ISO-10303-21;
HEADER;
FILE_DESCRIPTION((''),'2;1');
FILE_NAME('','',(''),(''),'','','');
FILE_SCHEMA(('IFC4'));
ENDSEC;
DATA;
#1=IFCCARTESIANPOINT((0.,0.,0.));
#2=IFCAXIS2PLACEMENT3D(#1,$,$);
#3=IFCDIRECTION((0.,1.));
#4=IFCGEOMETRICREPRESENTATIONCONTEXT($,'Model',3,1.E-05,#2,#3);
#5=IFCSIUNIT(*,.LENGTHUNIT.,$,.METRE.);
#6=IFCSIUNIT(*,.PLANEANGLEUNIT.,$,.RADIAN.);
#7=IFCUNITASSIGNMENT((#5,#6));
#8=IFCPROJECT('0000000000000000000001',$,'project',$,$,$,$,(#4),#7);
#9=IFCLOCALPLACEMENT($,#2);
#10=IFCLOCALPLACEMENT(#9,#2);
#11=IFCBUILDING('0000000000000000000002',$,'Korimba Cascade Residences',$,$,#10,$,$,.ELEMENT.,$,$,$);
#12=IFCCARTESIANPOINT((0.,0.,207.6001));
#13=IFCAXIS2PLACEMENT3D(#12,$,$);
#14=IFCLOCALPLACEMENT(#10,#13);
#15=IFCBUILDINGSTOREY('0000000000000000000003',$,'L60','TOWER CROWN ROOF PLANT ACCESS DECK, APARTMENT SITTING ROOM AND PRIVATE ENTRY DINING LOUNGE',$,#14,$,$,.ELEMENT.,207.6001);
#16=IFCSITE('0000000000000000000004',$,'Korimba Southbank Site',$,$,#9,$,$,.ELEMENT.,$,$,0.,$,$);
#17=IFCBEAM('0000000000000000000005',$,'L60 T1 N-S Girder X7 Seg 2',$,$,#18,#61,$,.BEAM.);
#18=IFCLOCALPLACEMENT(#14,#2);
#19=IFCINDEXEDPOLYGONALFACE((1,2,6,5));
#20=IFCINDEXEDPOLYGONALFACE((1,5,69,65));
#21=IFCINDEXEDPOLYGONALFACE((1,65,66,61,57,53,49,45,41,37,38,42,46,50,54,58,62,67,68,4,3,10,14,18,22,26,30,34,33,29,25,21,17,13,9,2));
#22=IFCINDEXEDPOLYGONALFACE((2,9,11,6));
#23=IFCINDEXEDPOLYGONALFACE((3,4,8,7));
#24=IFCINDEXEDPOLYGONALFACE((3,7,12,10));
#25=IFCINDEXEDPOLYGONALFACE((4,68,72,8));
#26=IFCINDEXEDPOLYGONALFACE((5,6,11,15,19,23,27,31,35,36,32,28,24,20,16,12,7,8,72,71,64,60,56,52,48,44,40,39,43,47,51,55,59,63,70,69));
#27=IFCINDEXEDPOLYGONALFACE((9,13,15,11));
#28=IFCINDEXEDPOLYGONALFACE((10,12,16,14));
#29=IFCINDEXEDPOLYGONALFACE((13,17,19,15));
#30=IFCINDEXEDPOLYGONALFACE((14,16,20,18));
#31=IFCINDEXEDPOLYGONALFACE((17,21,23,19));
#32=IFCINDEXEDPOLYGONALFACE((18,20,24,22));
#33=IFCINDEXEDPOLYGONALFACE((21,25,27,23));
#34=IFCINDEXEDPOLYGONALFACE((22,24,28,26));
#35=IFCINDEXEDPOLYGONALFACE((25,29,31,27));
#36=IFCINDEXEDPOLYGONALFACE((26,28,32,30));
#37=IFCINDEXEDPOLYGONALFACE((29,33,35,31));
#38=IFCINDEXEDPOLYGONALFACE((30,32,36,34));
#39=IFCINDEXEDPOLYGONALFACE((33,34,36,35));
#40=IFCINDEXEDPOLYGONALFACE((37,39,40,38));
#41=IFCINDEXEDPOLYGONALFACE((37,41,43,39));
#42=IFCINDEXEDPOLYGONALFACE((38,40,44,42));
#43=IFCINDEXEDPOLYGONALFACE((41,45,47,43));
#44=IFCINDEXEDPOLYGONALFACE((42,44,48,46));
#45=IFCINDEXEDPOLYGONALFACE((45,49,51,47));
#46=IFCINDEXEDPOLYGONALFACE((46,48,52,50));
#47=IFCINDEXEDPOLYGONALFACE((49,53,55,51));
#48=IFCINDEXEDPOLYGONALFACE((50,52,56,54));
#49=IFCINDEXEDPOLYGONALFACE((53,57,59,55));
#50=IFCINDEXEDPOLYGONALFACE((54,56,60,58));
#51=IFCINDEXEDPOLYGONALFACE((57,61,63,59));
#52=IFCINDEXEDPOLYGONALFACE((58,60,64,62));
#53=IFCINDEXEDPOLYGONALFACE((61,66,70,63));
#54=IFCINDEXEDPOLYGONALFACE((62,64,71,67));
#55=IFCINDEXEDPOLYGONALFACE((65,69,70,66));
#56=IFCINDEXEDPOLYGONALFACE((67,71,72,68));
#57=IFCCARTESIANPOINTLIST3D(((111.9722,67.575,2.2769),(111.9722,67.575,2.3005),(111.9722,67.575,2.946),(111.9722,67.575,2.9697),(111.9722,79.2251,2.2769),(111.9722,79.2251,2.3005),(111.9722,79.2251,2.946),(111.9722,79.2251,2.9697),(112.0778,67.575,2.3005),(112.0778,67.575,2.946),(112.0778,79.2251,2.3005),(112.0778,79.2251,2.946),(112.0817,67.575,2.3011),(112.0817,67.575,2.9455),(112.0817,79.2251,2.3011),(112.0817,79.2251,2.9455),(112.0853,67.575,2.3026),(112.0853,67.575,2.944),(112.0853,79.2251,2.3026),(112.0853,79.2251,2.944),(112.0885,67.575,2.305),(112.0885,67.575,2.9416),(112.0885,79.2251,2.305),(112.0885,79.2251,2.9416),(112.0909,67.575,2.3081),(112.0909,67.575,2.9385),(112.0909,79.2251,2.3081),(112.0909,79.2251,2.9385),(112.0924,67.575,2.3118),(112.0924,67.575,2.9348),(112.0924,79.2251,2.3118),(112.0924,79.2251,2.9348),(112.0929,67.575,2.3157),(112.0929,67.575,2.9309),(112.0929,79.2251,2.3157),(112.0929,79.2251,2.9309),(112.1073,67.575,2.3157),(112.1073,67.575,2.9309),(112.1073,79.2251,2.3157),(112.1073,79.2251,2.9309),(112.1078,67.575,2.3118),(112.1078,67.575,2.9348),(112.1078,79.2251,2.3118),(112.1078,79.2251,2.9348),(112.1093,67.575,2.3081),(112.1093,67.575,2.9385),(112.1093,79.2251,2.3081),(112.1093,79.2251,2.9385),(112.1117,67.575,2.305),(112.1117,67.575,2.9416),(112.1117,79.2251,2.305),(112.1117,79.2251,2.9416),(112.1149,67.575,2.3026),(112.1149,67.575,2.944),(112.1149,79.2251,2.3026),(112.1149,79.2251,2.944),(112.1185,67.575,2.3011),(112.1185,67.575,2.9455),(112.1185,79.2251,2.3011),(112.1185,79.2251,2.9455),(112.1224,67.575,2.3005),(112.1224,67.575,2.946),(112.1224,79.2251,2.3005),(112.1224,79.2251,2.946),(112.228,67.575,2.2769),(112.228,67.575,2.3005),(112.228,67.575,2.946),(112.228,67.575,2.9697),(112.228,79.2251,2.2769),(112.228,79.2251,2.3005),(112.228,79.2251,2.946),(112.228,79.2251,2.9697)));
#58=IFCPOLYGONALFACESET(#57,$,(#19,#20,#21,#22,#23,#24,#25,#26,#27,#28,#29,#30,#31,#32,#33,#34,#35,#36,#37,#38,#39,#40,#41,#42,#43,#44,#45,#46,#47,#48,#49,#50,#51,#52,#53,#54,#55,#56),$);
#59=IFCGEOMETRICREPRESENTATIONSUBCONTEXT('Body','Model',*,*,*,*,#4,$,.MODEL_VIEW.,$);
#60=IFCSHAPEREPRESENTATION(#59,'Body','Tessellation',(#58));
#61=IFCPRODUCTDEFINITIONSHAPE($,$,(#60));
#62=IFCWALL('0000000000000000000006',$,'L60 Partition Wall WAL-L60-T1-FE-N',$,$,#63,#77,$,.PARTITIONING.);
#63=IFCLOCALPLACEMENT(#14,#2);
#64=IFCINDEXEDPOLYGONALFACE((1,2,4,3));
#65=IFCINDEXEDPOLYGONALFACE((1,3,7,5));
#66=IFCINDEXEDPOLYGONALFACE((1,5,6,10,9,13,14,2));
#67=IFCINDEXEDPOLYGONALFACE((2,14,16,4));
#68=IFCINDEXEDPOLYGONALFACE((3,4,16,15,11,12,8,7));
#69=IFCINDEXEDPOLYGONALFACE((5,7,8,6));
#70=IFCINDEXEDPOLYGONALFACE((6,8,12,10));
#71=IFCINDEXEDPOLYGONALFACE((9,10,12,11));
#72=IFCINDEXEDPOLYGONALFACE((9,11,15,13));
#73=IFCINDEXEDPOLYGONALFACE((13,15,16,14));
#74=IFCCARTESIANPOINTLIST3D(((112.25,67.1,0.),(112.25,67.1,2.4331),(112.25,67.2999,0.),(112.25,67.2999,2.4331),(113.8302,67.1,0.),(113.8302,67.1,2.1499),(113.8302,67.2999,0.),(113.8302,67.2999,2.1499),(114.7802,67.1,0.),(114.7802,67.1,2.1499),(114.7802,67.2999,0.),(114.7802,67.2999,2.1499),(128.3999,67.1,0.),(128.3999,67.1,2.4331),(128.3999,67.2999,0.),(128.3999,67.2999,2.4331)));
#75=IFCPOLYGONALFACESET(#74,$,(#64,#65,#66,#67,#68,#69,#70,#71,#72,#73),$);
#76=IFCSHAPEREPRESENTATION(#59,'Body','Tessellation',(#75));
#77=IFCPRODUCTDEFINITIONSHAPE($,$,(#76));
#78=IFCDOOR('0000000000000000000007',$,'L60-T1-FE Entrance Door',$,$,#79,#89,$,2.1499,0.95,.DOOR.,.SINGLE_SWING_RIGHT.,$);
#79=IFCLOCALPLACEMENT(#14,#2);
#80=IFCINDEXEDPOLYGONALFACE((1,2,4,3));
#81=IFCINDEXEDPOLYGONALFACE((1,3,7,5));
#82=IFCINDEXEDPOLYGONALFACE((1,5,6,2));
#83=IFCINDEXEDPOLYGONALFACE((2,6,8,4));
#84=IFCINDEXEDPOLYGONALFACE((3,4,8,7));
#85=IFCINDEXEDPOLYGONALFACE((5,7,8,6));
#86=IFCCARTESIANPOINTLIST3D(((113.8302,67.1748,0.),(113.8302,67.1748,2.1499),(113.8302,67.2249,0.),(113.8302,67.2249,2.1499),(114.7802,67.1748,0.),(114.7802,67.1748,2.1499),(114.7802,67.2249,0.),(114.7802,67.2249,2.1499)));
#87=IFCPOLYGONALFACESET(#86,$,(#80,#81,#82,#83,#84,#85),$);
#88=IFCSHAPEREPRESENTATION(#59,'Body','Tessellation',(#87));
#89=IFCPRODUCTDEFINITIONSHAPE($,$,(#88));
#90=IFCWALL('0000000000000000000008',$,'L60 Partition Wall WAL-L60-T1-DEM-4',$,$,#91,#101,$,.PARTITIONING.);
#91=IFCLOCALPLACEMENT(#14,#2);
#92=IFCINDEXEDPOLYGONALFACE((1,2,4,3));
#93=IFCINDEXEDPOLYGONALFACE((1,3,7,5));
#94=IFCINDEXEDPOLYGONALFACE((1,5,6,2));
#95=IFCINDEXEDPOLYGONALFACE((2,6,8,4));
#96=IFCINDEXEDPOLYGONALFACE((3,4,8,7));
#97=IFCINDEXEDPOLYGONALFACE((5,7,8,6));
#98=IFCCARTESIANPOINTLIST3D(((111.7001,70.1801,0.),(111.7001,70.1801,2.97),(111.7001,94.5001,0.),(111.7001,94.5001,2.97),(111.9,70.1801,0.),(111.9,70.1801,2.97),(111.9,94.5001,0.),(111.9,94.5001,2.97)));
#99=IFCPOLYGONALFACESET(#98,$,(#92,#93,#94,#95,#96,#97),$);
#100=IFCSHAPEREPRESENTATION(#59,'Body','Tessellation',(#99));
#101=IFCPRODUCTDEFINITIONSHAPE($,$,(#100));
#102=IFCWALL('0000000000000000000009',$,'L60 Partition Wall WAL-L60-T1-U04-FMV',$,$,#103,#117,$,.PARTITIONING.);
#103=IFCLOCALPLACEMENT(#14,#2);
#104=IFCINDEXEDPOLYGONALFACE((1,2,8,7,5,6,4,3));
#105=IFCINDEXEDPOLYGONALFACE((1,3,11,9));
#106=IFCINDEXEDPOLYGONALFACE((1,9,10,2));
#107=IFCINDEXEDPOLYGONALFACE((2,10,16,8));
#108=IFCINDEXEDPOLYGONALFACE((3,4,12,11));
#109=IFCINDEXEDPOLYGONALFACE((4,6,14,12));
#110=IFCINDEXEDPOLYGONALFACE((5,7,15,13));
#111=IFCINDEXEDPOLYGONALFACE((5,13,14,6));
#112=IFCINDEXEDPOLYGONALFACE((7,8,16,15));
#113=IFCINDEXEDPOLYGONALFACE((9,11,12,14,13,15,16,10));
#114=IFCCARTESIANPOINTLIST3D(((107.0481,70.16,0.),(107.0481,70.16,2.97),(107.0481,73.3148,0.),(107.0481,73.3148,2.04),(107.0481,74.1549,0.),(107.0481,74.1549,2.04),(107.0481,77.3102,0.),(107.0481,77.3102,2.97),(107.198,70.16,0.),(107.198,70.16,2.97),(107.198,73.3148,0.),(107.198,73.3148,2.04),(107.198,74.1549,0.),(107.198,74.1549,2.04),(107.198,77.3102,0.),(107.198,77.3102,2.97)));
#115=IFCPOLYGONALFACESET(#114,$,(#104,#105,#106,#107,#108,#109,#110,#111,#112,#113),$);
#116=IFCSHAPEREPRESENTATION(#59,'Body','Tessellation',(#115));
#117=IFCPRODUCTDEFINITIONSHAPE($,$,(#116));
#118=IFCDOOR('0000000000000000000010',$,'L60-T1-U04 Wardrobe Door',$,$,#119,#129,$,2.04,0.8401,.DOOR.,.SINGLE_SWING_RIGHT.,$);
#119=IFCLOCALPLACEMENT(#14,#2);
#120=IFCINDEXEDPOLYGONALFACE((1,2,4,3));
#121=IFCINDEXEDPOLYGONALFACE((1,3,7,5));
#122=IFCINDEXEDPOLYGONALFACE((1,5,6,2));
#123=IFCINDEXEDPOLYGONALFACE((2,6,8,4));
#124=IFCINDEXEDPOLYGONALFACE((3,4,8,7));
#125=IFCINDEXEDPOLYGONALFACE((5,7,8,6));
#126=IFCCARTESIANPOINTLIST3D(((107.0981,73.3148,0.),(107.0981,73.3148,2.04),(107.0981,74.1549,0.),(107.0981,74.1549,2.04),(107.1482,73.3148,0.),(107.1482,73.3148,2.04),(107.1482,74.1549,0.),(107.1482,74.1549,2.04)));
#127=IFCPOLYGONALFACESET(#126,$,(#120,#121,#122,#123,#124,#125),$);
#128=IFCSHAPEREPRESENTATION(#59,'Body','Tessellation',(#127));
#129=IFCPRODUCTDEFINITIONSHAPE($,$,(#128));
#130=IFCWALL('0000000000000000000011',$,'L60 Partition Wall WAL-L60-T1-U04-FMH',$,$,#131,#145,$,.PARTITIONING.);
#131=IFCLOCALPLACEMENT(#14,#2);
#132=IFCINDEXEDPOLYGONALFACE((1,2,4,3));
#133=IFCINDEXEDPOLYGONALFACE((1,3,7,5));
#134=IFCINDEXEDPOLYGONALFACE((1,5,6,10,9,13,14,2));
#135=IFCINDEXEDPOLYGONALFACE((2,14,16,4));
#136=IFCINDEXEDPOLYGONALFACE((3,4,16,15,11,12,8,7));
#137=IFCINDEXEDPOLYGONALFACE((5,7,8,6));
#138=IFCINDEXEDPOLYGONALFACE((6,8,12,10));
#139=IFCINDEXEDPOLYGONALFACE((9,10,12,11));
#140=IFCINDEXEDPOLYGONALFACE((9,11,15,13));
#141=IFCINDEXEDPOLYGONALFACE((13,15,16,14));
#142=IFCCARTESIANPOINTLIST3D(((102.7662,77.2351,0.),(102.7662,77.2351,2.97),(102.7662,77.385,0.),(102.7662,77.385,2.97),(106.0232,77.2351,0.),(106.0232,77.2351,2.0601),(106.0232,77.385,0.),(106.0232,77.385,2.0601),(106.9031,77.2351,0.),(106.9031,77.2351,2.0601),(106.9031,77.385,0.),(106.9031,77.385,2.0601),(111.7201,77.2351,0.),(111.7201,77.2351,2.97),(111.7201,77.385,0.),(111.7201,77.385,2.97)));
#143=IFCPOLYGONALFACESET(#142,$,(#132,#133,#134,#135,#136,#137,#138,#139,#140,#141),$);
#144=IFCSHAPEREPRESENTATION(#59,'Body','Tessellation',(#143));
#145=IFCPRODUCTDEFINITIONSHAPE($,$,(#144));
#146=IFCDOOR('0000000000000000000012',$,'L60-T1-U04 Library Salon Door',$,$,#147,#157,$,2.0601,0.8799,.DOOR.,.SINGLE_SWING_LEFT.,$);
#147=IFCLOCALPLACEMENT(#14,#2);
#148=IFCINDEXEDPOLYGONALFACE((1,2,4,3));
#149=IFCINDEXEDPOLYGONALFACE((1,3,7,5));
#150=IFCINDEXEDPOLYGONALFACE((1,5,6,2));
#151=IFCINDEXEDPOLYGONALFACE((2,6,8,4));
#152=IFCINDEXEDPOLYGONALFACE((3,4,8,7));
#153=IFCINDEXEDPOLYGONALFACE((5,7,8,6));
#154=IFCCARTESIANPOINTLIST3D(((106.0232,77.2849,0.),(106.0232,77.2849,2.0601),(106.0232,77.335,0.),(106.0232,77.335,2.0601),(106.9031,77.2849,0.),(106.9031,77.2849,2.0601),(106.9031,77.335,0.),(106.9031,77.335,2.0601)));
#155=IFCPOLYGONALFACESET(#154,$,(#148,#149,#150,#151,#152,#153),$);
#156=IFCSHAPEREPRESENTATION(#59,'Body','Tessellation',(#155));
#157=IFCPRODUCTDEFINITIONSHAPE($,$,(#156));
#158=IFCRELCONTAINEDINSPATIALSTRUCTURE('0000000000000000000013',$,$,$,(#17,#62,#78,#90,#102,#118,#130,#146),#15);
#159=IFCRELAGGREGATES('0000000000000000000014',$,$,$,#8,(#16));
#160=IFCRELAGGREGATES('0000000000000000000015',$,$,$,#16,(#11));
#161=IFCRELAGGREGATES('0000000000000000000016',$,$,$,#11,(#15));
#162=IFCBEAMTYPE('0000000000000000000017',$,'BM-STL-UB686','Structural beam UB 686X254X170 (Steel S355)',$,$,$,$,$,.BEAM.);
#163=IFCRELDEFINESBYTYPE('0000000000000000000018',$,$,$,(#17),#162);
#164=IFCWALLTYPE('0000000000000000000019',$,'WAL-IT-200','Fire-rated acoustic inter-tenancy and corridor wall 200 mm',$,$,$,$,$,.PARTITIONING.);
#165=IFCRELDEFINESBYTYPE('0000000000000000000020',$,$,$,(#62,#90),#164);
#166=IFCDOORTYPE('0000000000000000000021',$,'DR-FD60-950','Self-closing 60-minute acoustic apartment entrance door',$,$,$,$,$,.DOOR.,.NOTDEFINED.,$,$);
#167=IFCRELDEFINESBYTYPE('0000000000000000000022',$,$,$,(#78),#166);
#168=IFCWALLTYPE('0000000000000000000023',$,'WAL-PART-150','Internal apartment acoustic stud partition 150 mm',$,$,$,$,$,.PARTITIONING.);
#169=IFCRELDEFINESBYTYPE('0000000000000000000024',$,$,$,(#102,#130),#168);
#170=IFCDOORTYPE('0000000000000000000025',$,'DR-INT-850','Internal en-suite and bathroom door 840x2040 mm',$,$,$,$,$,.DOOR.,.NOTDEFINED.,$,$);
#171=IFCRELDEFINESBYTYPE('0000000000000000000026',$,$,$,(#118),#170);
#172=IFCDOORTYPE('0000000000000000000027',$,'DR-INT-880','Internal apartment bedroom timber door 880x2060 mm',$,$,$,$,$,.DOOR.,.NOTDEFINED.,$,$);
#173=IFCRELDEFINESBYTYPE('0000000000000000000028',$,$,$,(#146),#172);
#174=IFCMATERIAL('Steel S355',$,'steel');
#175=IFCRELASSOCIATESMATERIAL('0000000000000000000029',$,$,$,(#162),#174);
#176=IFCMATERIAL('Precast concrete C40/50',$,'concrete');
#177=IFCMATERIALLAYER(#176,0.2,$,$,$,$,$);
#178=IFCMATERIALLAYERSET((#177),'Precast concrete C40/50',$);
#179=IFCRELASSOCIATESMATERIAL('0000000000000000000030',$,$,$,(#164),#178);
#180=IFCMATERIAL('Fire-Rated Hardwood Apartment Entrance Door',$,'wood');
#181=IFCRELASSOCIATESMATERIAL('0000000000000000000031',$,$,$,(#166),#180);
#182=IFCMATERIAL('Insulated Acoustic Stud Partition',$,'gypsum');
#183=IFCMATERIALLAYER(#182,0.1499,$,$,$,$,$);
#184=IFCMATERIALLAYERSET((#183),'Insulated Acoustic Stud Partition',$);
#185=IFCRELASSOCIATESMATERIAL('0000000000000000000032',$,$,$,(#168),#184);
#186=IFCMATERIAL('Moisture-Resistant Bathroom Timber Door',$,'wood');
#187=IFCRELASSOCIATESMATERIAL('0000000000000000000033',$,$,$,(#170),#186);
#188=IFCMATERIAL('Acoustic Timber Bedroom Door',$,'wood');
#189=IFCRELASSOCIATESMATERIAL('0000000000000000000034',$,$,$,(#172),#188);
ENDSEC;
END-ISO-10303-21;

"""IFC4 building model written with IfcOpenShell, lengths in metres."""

from ifc_helpers import new_model, si_unit, direction, frame, frame_2d, origin, origin_2d, place, context, subcontext, project, spatial, rectangle, i_section, extrude, material, layer, layer_set, material_profile, profile_set, type_object, element, fill, save


model = new_model("IFC4")

# Units and contexts
model_context = context("Model", 3, precision=1e-05, world=origin(), true_north=direction((0.0, 1.0)))
body_context = subcontext(model_context, "Body", "Model", "MODEL_VIEW")
ifc_project = project(units=[si_unit("LENGTHUNIT", "METRE"), si_unit("PLANEANGLEUNIT", "RADIAN")], contexts=[model_context])

# Site, building, storey
site_placement = place(None, origin())
site = spatial("IfcSite", under=ifc_project, at=site_placement, Name="Korimba Southbank Site", CompositionType="ELEMENT", RefElevation=0.0)
building_placement = place(site_placement, origin())
building = spatial("IfcBuilding", under=site, at=building_placement, Name="Korimba Cascade Residences", CompositionType="ELEMENT")
storey_placement = place(building_placement, frame((0.0, 0.0, 207.6001)))
storey = spatial("IfcBuildingStorey", under=building, at=storey_placement, Name="L60", Description="TOWER CROWN ROOF PLANT ACCESS DECK, APARTMENT SITTING ROOM AND PRIVATE ENTRY DINING LOUNGE", CompositionType="ELEMENT", Elevation=207.6001)

# Beam
ifc_material_1 = material(Name="Steel S355", Category="steel")
ifc_material_profile_1 = material_profile(ifc_material_1, i_section(OverallWidth=0.2559, OverallDepth=0.6929, WebThickness=0.0144, FlangeThickness=0.0237, FilletRadius=0.0151, at=origin_2d()), Name="Steel S355")
ifc_profile_set_1 = profile_set([ifc_material_profile_1], Name="Steel S355")
beam_type_1 = type_object("IfcBeamType", Name="BM-STL-UB686", Description="Structural beam UB 686X254X170 (Steel S355)", PredefinedType="BEAM", material=ifc_profile_set_1)
for number, where, z_axis, x_axis, name in (
    (1, (112.1001, 67.575, 2.6233), (0.0, 1.0, 0.0), (-1.0, 0.0, 0.0), "L60 T1 N-S Girder X7 Seg 2"),
):
    element("IfcBeam", number, at=place(storey_placement, frame(where, z_axis=z_axis, x_axis=x_axis)), inside=storey, type_object=beam_type_1, Name=name, PredefinedType="BEAM", context=body_context, shape_type="SweptSolid", body=[
        extrude(i_section(OverallWidth=0.2559, OverallDepth=0.6929, WebThickness=0.0144, FlangeThickness=0.0237, FilletRadius=0.0151, at=origin_2d()), origin(), (0.0, 0.0, 1.0), 11.6501),
    ])

# Wall, opening, door
ifc_material_2 = material(Name="Precast concrete C40/50", Category="concrete")
ifc_layer_1 = layer(ifc_material_2, 0.2)
ifc_layer_set_1 = layer_set([ifc_layer_1], Name="Precast concrete C40/50")
wall_type_1 = type_object("IfcWallType", Name="WAL-IT-200", Description="Fire-rated acoustic inter-tenancy and corridor wall 200 mm", PredefinedType="PARTITIONING", material=ifc_layer_set_1)
wall_1_placement = place(storey_placement, frame((112.25, 67.2, 0.0), z_axis=(0.0, 0.0, 1.0), x_axis=(1.0, 0.0, 0.0)))
wall_1 = element("IfcWall", 2, at=wall_1_placement, inside=storey, type_object=wall_type_1, Name="L60 Partition Wall WAL-L60-T1-FE-N", PredefinedType="PARTITIONING", context=body_context, shape_type="SweptSolid", body=[
    extrude(rectangle(XDim=16.1499, YDim=0.2, at=frame_2d((8.075, 0.0))), origin(), (0.0, 0.0, 1.0), 2.4331),
])
opening_1_placement = place(wall_1_placement, frame((1.5801, 0.0, 0.0)))
opening_1 = element("IfcOpeningElement", 3, at=opening_1_placement, cuts=wall_1, PredefinedType="OPENING", context=body_context, shape_type="SweptSolid", body=[
    extrude(rectangle(XDim=0.95, YDim=2.1499, at=frame_2d((0.4751, 1.075))), frame((0.0, 0.1099, 0.0), z_axis=(0.0, -1.0, 0.0), x_axis=(1.0, 0.0, 0.0)), (0.0, 0.0, 1.0), 0.22),
])
ifc_material_3 = material(Name="Fire-Rated Hardwood Apartment Entrance Door", Category="wood")
door_type_1 = type_object("IfcDoorType", Name="DR-FD60-950", Description="Self-closing 60-minute acoustic apartment entrance door", OperationType="NOTDEFINED", PredefinedType="DOOR", material=ifc_material_3)
door_1_placement = place(opening_1_placement, origin())
door_1 = element("IfcDoor", 4, at=door_1_placement, inside=storey, type_object=door_type_1, Name="L60-T1-FE Entrance Door", OperationType="SINGLE_SWING_RIGHT", OverallHeight=2.1499, OverallWidth=0.95, PredefinedType="DOOR", context=body_context, shape_type="SweptSolid", body=[
    extrude(rectangle(XDim=0.95, YDim=2.1499, at=frame_2d((0.4751, 1.075))), frame((0.0, 0.0249, 0.0), z_axis=(0.0, -1.0, 0.0), x_axis=(1.0, 0.0, 0.0)), (0.0, 0.0, 1.0), 0.05),
])
fill(opening_1, door_1)

# Wall
wall_2_placement = place(storey_placement, frame((111.8, 70.1799, 0.0), z_axis=(0.0, 0.0, 1.0), x_axis=(0.0, 1.0, 0.0)))
element("IfcWall", 5, at=wall_2_placement, inside=storey, type_object=wall_type_1, Name="L60 Partition Wall WAL-L60-T1-DEM-4", PredefinedType="PARTITIONING", context=body_context, shape_type="SweptSolid", body=[
    extrude(rectangle(XDim=24.3201, YDim=0.2, at=frame_2d((12.1602, 0.0))), origin(), (0.0, 0.0, 1.0), 2.97),
])

# Walls, openings, doors
ifc_material_4 = material(Name="Insulated Acoustic Stud Partition", Category="gypsum")
ifc_layer_2 = layer(ifc_material_4, 0.1499)
ifc_layer_set_2 = layer_set([ifc_layer_2], Name="Insulated Acoustic Stud Partition")
wall_type_2 = type_object("IfcWallType", Name="WAL-PART-150", Description="Internal apartment acoustic stud partition 150 mm", PredefinedType="PARTITIONING", material=ifc_layer_set_2)
wall_3_placement = place(storey_placement, frame((107.123, 70.1599, 0.0), z_axis=(0.0, 0.0, 1.0), x_axis=(0.0, 1.0, 0.0)))
wall_3 = element("IfcWall", 6, at=wall_3_placement, inside=storey, type_object=wall_type_2, Name="L60 Partition Wall WAL-L60-T1-U04-FMV", PredefinedType="PARTITIONING", context=body_context, shape_type="SweptSolid", body=[
    extrude(rectangle(XDim=7.1501, YDim=0.1499, at=frame_2d((3.5752, 0.0))), origin(), (0.0, 0.0, 1.0), 2.97),
])
opening_2_placement = place(wall_3_placement, frame((3.155, 0.0, 0.0)))
opening_2 = element("IfcOpeningElement", 7, at=opening_2_placement, cuts=wall_3, PredefinedType="OPENING", context=body_context, shape_type="SweptSolid", body=[
    extrude(rectangle(XDim=0.8401, YDim=2.04, at=frame_2d((0.4199, 1.02))), frame((0.0, 0.085, 0.0), z_axis=(0.0, -1.0, 0.0), x_axis=(1.0, 0.0, 0.0)), (0.0, 0.0, 1.0), 0.1699),
])
ifc_material_5 = material(Name="Moisture-Resistant Bathroom Timber Door", Category="wood")
door_type_2 = type_object("IfcDoorType", Name="DR-INT-850", Description="Internal en-suite and bathroom door 840x2040 mm", OperationType="NOTDEFINED", PredefinedType="DOOR", material=ifc_material_5)
door_2_placement = place(opening_2_placement, origin())
door_2 = element("IfcDoor", 8, at=door_2_placement, inside=storey, type_object=door_type_2, Name="L60-T1-U04 Wardrobe Door", OperationType="SINGLE_SWING_RIGHT", OverallHeight=2.04, OverallWidth=0.8401, PredefinedType="DOOR", context=body_context, shape_type="SweptSolid", body=[
    extrude(rectangle(XDim=0.8401, YDim=2.04, at=frame_2d((0.4199, 1.02))), frame((0.0, 0.0249, 0.0), z_axis=(0.0, -1.0, 0.0), x_axis=(1.0, 0.0, 0.0)), (0.0, 0.0, 1.0), 0.05),
])
fill(opening_2, door_2)
wall_4_placement = place(storey_placement, frame((102.7661, 77.3101, 0.0), z_axis=(0.0, 0.0, 1.0), x_axis=(1.0, 0.0, 0.0)))
wall_4 = element("IfcWall", 9, at=wall_4_placement, inside=storey, type_object=wall_type_2, Name="L60 Partition Wall WAL-L60-T1-U04-FMH", PredefinedType="PARTITIONING", context=body_context, shape_type="SweptSolid", body=[
    extrude(rectangle(XDim=8.9539, YDim=0.1499, at=frame_2d((4.4771, 0.0))), origin(), (0.0, 0.0, 1.0), 2.97),
])
opening_3_placement = place(wall_4_placement, frame((3.2571, 0.0, 0.0)))
opening_3 = element("IfcOpeningElement", 10, at=opening_3_placement, cuts=wall_4, PredefinedType="OPENING", context=body_context, shape_type="SweptSolid", body=[
    extrude(rectangle(XDim=0.8799, YDim=2.0601, at=frame_2d((0.4399, 1.03))), frame((0.0, 0.085, 0.0), z_axis=(0.0, -1.0, 0.0), x_axis=(1.0, 0.0, 0.0)), (0.0, 0.0, 1.0), 0.1699),
])
ifc_material_6 = material(Name="Acoustic Timber Bedroom Door", Category="wood")
door_type_3 = type_object("IfcDoorType", Name="DR-INT-880", Description="Internal apartment bedroom timber door 880x2060 mm", OperationType="NOTDEFINED", PredefinedType="DOOR", material=ifc_material_6)
door_3_placement = place(opening_3_placement, origin())
door_3 = element("IfcDoor", 11, at=door_3_placement, inside=storey, type_object=door_type_3, Name="L60-T1-U04 Library Salon Door", OperationType="SINGLE_SWING_LEFT", OverallHeight=2.0601, OverallWidth=0.8799, PredefinedType="DOOR", context=body_context, shape_type="SweptSolid", body=[
    extrude(rectangle(XDim=0.8799, YDim=2.0601, at=frame_2d((0.4399, 1.03))), frame((0.0, 0.0249, 0.0), z_axis=(0.0, -1.0, 0.0), x_axis=(1.0, 0.0, 0.0)), (0.0, 0.0, 1.0), 0.05),
])
fill(opening_3, door_3)

save(model, "model.ifc")
